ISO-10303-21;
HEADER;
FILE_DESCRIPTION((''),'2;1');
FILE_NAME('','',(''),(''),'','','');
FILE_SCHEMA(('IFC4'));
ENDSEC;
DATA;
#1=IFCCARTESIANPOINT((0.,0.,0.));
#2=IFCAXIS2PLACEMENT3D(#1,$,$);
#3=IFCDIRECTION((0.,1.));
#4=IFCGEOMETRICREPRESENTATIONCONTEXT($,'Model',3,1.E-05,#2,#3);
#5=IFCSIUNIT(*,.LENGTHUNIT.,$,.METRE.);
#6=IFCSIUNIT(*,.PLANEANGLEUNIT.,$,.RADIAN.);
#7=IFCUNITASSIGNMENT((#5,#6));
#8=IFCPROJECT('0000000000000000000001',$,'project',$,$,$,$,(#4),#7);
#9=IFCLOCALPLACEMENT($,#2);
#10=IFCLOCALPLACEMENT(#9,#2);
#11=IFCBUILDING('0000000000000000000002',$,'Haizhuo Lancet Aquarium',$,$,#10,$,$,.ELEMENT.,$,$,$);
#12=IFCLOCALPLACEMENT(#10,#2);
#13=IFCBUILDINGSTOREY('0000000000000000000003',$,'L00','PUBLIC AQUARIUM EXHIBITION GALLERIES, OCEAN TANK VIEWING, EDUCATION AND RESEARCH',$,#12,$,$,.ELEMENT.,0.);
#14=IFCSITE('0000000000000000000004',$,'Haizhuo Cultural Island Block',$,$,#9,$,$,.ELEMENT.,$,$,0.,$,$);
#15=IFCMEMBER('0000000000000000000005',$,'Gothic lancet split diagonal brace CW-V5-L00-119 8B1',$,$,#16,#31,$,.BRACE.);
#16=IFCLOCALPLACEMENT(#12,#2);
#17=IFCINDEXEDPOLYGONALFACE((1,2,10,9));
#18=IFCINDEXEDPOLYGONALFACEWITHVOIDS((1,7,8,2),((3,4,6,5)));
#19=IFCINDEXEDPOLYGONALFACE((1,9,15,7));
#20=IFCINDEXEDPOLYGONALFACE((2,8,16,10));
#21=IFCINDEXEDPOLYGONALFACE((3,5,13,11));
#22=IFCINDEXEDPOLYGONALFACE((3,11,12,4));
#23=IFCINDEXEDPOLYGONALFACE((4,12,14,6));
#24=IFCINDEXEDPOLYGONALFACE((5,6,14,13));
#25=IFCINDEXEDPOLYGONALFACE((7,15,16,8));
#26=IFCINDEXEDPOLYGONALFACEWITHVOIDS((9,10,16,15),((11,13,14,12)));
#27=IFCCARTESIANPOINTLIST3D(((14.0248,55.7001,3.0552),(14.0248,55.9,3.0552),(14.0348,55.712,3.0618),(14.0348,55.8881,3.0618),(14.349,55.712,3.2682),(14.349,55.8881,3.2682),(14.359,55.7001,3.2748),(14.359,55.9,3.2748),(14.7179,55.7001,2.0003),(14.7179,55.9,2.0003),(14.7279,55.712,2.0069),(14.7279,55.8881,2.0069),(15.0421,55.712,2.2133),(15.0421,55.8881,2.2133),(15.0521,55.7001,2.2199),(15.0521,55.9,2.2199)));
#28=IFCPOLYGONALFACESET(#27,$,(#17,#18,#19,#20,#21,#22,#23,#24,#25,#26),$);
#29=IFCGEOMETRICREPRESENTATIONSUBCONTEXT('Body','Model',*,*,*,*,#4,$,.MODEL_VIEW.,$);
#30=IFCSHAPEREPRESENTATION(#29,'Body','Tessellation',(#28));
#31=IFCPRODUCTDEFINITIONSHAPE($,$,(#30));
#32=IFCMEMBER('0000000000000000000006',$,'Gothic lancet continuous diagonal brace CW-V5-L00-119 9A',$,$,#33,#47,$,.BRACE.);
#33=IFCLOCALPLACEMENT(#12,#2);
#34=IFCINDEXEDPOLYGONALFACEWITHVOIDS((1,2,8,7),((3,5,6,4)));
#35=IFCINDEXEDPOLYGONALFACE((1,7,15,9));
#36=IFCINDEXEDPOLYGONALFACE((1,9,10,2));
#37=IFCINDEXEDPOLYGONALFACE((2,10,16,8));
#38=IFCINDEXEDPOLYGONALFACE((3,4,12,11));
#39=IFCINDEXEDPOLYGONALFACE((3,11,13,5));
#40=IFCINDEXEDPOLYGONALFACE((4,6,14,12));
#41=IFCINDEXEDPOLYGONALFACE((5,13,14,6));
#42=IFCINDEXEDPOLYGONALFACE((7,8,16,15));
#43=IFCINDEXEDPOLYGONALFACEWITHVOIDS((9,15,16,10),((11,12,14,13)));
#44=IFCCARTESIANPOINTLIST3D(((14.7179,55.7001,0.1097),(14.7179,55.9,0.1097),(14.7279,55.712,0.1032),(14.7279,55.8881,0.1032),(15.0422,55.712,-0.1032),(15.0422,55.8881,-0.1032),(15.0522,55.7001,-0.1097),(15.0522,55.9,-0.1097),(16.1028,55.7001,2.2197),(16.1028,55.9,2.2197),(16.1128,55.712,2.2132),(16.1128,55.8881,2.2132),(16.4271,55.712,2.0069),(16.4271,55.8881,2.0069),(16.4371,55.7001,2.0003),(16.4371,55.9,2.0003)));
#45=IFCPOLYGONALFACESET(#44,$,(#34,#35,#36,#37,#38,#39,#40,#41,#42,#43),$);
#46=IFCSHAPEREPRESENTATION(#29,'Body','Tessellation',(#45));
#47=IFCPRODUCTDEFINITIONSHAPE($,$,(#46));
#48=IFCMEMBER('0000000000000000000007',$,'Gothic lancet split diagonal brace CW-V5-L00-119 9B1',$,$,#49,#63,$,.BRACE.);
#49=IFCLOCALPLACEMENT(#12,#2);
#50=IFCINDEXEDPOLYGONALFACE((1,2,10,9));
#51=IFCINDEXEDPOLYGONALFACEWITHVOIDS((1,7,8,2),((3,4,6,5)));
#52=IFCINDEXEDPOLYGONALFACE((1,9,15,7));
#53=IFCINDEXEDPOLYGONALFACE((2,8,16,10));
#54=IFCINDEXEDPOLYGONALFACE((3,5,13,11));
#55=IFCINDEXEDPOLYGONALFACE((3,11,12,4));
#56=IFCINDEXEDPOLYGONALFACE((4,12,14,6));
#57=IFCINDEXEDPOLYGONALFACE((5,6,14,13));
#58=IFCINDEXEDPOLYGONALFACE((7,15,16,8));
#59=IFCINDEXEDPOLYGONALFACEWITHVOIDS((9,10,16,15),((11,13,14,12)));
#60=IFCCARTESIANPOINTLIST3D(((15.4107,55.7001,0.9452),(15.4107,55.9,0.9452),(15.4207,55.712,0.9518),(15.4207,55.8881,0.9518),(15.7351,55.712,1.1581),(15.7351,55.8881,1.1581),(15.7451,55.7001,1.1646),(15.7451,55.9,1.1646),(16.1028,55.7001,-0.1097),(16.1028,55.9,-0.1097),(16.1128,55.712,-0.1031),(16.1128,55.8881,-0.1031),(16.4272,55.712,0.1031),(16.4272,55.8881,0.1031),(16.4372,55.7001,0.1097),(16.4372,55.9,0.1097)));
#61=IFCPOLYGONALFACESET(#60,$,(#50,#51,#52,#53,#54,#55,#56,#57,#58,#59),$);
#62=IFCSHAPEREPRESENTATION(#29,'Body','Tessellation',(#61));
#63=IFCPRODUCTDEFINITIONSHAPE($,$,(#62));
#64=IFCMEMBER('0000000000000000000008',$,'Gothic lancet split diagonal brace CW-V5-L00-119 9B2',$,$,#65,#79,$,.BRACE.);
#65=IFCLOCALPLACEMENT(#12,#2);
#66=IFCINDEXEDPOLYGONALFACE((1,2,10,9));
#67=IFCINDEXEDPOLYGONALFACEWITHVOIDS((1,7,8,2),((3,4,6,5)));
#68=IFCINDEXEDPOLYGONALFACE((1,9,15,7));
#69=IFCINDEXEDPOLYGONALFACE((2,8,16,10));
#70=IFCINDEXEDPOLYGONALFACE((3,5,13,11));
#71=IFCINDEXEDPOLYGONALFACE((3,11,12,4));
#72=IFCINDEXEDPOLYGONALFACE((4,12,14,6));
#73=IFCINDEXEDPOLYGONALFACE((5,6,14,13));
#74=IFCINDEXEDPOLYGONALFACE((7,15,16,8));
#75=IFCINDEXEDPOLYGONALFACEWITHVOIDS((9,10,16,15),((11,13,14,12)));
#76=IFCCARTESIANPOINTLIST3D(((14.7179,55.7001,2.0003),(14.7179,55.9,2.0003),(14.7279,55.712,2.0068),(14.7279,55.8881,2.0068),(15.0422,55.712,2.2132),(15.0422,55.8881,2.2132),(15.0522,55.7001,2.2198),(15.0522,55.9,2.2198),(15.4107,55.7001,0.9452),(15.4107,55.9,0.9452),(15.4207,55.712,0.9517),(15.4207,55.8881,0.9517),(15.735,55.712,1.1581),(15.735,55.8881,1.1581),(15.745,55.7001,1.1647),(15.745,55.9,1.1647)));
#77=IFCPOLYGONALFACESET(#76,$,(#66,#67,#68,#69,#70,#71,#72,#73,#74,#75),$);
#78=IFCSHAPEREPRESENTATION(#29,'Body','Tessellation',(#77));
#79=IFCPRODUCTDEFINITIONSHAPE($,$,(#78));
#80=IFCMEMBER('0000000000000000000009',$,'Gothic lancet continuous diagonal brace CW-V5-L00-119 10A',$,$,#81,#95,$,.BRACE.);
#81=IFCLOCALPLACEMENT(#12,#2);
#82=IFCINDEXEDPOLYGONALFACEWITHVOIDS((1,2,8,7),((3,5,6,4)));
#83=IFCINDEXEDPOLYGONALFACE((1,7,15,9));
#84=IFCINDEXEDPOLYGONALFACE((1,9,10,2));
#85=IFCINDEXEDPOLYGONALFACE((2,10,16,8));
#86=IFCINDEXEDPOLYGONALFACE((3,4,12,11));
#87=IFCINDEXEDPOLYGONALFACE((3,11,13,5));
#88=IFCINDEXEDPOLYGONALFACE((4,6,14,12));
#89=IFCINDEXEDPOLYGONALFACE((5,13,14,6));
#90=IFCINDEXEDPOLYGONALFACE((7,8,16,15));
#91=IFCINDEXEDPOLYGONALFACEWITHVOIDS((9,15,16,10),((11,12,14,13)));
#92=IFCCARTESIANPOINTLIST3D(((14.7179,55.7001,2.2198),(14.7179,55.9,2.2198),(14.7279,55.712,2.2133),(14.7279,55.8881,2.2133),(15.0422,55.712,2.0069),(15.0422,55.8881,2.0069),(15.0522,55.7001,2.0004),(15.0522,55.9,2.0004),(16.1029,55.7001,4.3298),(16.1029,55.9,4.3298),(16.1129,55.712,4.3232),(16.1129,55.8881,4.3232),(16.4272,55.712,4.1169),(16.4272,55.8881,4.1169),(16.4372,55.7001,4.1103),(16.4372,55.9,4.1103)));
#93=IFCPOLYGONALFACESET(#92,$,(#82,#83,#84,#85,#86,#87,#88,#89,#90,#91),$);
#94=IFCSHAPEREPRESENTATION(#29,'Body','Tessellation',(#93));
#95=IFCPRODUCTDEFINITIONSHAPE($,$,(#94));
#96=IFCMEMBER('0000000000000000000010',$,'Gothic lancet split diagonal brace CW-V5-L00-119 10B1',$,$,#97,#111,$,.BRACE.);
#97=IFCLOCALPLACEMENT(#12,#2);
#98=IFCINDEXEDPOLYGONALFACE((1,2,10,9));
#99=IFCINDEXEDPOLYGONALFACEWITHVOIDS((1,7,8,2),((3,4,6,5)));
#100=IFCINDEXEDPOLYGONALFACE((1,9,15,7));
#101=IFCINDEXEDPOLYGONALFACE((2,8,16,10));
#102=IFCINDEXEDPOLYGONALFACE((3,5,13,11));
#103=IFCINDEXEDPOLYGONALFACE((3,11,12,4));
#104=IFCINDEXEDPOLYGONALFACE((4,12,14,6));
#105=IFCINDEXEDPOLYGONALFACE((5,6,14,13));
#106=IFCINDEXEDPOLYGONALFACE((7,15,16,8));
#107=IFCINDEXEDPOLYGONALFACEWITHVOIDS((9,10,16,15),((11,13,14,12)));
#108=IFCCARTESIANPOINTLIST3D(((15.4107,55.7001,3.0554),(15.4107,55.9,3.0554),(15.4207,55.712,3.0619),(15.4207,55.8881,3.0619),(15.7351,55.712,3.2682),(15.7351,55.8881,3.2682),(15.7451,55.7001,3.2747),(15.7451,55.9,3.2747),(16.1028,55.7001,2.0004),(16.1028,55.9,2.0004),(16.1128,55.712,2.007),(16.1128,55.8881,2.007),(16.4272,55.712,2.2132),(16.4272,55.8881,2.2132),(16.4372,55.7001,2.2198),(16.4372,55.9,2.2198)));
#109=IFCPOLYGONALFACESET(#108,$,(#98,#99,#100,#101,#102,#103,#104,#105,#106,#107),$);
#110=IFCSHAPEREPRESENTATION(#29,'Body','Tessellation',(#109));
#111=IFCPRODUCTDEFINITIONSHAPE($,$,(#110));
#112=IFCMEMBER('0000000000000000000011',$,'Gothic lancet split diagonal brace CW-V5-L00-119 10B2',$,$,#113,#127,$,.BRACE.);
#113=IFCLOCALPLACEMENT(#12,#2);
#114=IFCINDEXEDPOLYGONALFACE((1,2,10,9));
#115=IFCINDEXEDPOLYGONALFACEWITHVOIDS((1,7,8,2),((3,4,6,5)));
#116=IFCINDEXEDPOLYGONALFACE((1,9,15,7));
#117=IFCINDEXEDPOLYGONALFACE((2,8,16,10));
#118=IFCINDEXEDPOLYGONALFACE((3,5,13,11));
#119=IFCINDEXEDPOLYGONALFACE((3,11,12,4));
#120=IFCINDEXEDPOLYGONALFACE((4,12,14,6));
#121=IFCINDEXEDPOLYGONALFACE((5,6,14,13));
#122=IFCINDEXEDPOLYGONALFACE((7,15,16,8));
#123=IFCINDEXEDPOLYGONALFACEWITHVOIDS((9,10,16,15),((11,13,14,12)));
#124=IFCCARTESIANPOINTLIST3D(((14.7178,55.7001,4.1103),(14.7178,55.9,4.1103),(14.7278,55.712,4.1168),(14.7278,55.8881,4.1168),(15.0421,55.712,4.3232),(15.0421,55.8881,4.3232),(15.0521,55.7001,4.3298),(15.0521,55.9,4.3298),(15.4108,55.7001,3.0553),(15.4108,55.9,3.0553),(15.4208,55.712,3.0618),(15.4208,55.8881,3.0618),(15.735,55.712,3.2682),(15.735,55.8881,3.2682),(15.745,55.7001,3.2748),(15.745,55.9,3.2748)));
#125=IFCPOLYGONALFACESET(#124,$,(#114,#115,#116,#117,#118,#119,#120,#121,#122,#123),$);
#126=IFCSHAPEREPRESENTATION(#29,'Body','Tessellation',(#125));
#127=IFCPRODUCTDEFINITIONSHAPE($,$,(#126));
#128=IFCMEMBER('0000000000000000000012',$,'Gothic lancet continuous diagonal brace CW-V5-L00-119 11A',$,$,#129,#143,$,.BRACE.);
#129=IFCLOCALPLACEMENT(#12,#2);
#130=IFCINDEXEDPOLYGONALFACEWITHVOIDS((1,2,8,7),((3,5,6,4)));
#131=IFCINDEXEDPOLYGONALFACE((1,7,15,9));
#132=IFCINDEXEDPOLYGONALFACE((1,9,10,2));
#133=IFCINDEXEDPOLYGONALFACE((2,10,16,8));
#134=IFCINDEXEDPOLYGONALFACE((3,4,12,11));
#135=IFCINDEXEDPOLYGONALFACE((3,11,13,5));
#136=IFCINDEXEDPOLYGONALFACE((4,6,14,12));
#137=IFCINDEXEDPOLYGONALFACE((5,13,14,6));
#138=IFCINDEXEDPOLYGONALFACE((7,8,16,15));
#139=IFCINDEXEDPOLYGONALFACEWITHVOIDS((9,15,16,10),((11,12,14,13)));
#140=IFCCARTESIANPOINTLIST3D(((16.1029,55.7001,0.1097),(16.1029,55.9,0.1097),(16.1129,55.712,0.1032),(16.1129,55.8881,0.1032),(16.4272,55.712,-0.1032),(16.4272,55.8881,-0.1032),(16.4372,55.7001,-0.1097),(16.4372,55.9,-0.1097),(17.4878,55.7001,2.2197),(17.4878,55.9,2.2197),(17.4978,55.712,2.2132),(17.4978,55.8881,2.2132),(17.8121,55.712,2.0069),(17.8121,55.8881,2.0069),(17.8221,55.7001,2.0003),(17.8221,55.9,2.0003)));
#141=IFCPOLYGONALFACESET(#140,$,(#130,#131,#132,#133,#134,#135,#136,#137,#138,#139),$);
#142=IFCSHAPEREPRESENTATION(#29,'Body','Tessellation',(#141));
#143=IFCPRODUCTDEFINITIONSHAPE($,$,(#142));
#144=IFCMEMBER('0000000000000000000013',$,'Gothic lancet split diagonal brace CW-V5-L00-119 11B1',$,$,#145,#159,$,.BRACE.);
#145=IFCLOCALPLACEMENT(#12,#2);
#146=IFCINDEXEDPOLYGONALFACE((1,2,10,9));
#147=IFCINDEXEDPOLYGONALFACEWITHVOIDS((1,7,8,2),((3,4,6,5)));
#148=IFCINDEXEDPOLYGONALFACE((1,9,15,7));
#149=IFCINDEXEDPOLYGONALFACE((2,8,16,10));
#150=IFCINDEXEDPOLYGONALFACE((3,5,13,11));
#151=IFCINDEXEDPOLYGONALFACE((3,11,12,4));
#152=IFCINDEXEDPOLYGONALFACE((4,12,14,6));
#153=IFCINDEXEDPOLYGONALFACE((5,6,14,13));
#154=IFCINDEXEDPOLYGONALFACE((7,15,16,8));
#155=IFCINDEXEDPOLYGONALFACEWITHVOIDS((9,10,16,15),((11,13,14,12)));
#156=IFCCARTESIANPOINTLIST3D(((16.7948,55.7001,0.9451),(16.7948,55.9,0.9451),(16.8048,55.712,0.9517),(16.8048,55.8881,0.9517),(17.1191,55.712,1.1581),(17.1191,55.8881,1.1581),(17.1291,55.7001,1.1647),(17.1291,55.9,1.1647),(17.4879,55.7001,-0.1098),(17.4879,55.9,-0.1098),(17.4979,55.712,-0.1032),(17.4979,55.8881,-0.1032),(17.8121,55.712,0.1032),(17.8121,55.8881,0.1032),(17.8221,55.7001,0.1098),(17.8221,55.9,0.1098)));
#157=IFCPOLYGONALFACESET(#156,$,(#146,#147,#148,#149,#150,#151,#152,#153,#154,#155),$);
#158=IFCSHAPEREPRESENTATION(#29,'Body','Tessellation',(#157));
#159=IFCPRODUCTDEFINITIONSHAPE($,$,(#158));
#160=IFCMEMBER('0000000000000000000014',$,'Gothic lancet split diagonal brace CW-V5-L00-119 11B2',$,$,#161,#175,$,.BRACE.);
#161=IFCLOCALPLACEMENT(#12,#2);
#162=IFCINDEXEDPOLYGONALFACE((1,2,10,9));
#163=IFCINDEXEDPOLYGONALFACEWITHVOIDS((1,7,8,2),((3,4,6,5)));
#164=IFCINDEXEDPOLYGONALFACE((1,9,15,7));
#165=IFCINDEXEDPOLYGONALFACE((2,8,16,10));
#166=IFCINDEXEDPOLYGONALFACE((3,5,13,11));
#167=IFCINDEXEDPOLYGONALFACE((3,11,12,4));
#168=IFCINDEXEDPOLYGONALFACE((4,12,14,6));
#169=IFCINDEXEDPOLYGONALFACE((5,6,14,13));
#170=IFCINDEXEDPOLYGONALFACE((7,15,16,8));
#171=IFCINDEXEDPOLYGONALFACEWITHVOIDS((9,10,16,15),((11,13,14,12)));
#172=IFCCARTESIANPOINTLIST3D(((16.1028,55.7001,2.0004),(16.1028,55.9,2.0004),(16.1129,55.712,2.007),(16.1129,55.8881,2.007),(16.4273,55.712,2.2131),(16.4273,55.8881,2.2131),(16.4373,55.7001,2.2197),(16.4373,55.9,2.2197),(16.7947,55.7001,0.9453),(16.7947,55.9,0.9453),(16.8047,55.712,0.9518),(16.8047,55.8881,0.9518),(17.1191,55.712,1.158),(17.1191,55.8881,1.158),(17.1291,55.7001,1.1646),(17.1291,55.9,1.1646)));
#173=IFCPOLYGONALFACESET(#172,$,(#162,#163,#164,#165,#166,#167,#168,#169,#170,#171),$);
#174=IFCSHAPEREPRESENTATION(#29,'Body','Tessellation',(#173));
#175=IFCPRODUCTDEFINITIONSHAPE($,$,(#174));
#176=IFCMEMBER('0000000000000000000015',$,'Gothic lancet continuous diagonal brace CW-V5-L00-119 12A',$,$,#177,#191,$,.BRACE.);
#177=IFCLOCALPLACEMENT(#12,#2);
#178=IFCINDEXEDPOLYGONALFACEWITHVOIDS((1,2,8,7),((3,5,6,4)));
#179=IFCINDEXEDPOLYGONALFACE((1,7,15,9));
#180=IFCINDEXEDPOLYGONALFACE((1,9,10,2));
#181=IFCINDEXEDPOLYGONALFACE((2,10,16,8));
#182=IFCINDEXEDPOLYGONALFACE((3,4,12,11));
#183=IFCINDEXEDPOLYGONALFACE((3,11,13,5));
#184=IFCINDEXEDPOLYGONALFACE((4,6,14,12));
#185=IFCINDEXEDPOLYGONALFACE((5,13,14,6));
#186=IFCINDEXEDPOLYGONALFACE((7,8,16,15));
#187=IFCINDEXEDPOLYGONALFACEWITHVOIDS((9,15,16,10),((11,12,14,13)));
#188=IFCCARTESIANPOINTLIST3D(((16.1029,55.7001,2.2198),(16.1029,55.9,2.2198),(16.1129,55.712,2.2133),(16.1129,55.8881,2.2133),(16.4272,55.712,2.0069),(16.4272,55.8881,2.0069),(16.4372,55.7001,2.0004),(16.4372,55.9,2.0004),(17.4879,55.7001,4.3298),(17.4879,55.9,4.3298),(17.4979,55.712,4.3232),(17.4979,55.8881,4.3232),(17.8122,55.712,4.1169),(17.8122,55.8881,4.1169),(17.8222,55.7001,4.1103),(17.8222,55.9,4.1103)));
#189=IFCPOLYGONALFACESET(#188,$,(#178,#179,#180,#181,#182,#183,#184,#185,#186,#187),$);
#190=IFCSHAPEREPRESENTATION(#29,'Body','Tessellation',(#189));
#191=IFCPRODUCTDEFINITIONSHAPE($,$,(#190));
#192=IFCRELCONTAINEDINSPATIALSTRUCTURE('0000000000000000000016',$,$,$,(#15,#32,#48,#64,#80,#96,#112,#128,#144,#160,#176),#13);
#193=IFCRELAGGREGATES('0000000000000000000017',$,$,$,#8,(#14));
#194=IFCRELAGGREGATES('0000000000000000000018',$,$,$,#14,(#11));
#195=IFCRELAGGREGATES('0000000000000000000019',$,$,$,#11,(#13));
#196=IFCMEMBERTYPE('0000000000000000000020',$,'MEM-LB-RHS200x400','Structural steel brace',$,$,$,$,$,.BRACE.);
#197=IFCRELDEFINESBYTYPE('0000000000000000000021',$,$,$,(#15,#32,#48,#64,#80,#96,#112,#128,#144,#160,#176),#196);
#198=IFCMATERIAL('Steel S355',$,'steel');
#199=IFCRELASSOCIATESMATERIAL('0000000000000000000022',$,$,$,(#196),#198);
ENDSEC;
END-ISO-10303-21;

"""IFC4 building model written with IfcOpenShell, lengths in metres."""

from ifc_helpers import new_model, si_unit, direction, frame, origin, origin_2d, place, context, subcontext, project, spatial, hollow_rectangle, extrude, material, material_profile, profile_set, type_object, element, save


model = new_model("IFC4")

# Units and contexts
model_context = context("Model", 3, precision=1e-05, world=origin(), true_north=direction((0.0, 1.0)))
body_context = subcontext(model_context, "Body", "Model", "MODEL_VIEW")
ifc_project = project(units=[si_unit("LENGTHUNIT", "METRE"), si_unit("PLANEANGLEUNIT", "RADIAN")], contexts=[model_context])

# Site, building, storey
site_placement = place(None, origin())
site = spatial("IfcSite", under=ifc_project, at=site_placement, Name="Haizhuo Cultural Island Block", CompositionType="ELEMENT", RefElevation=0.0)
building_placement = place(site_placement, origin())
building = spatial("IfcBuilding", under=site, at=building_placement, Name="Haizhuo Lancet Aquarium", CompositionType="ELEMENT")
storey_placement = place(building_placement, origin())
storey = spatial("IfcBuildingStorey", under=building, at=storey_placement, Name="L00", Description="PUBLIC AQUARIUM EXHIBITION GALLERIES, OCEAN TANK VIEWING, EDUCATION AND RESEARCH", CompositionType="ELEMENT", Elevation=0.0)

# Members
ifc_material_1 = material(Name="Steel S355", Category="steel")
ifc_material_profile_1 = material_profile(ifc_material_1, hollow_rectangle(XDim=0.2, YDim=0.3999, WallThickness=0.012, at=origin_2d()), Name="RHS 200x400x12")
ifc_profile_set_1 = profile_set([ifc_material_profile_1], Name="Steel S355")
member_type_1 = type_object("IfcMemberType", Name="MEM-LB-RHS200x400", Description="Structural steel brace", PredefinedType="BRACE", material=ifc_profile_set_1)
for number, where, z_axis, x_axis, name in (
    (1, (14.885, 55.8, 2.1101), (-0.549108, 0.0, 0.835751), (0.0, -1.0, 0.0), "Gothic lancet split diagonal brace CW-V5-L00-119 8B1"),
):
    element("IfcMember", number, at=place(storey_placement, frame(where, z_axis=z_axis, x_axis=x_axis)), inside=storey, type_object=member_type_1, Name=name, PredefinedType="BRACE", context=body_context, shape_type="SweptSolid", body=[
        extrude(hollow_rectangle(XDim=0.2, YDim=0.3999, WallThickness=0.012, at=origin_2d()), origin(), (0.0, 0.0, 1.0), 1.2622),
    ])
member_1_placement = place(storey_placement, frame((14.885, 55.8, 0.0), z_axis=(0.548726, 0.0, 0.836002), x_axis=(0.0, 1.0, 0.0)))
element("IfcMember", 2, at=member_1_placement, inside=storey, type_object=member_type_1, Name="Gothic lancet continuous diagonal brace CW-V5-L00-119 9A", PredefinedType="BRACE", context=body_context, shape_type="SweptSolid", body=[
    extrude(hollow_rectangle(XDim=0.2, YDim=0.3999, WallThickness=0.012, at=origin_2d()), origin(), (0.0, 0.0, 1.0), 2.5239),
])
member_2_placement = place(storey_placement, frame((16.27, 55.8, 0.0), z_axis=(-0.548568, 0.0, 0.836106), x_axis=(0.0, -1.0, 0.0)))
element("IfcMember", 3, at=member_2_placement, inside=storey, type_object=member_type_1, Name="Gothic lancet split diagonal brace CW-V5-L00-119 9B1", PredefinedType="BRACE", context=body_context, shape_type="SweptSolid", body=[
    extrude(hollow_rectangle(XDim=0.2, YDim=0.3999, WallThickness=0.012, at=origin_2d()), origin(), (0.0, 0.0, 1.0), 1.2617),
])
member_3_placement = place(storey_placement, frame((15.5779, 55.8, 1.0549), z_axis=(-0.548885, 0.0, 0.835898), x_axis=(0.0, -1.0, 0.0)))
element("IfcMember", 4, at=member_3_placement, inside=storey, type_object=member_type_1, Name="Gothic lancet split diagonal brace CW-V5-L00-119 9B2", PredefinedType="BRACE", context=body_context, shape_type="SweptSolid", body=[
    extrude(hollow_rectangle(XDim=0.2, YDim=0.3999, WallThickness=0.012, at=origin_2d()), origin(), (0.0, 0.0, 1.0), 1.2622),
])
member_4_placement = place(storey_placement, frame((14.885, 55.8, 2.1101), z_axis=(0.548771, 0.0, 0.835973), x_axis=(0.0, 1.0, 0.0)))
element("IfcMember", 5, at=member_4_placement, inside=storey, type_object=member_type_1, Name="Gothic lancet continuous diagonal brace CW-V5-L00-119 10A", PredefinedType="BRACE", context=body_context, shape_type="SweptSolid", body=[
    extrude(hollow_rectangle(XDim=0.2, YDim=0.3999, WallThickness=0.012, at=origin_2d()), origin(), (0.0, 0.0, 1.0), 2.5239),
])
member_5_placement = place(storey_placement, frame((16.27, 55.8, 2.1101), z_axis=(-0.548568, 0.0, 0.836106), x_axis=(0.0, -1.0, 0.0)))
element("IfcMember", 6, at=member_5_placement, inside=storey, type_object=member_type_1, Name="Gothic lancet split diagonal brace CW-V5-L00-119 10B1", PredefinedType="BRACE", context=body_context, shape_type="SweptSolid", body=[
    extrude(hollow_rectangle(XDim=0.2, YDim=0.3999, WallThickness=0.012, at=origin_2d()), origin(), (0.0, 0.0, 1.0), 1.2617),
])
member_6_placement = place(storey_placement, frame((15.5779, 55.8, 3.165), z_axis=(-0.548973, 0.0, 0.83584), x_axis=(0.0, -1.0, 0.0)))
element("IfcMember", 7, at=member_6_placement, inside=storey, type_object=member_type_1, Name="Gothic lancet split diagonal brace CW-V5-L00-119 10B2", PredefinedType="BRACE", context=body_context, shape_type="SweptSolid", body=[
    extrude(hollow_rectangle(XDim=0.2, YDim=0.3999, WallThickness=0.012, at=origin_2d()), origin(), (0.0, 0.0, 1.0), 1.2622),
])
member_7_placement = place(storey_placement, frame((16.27, 55.8, 0.0), z_axis=(0.548726, 0.0, 0.836002), x_axis=(0.0, 1.0, 0.0)))
element("IfcMember", 8, at=member_7_placement, inside=storey, type_object=member_type_1, Name="Gothic lancet continuous diagonal brace CW-V5-L00-119 11A", PredefinedType="BRACE", context=body_context, shape_type="SweptSolid", body=[
    extrude(hollow_rectangle(XDim=0.2, YDim=0.3999, WallThickness=0.012, at=origin_2d()), origin(), (0.0, 0.0, 1.0), 2.5239),
])
member_8_placement = place(storey_placement, frame((17.655, 55.8, 0.0), z_axis=(-0.549108, 0.0, 0.835751), x_axis=(0.0, -1.0, 0.0)))
element("IfcMember", 9, at=member_8_placement, inside=storey, type_object=member_type_1, Name="Gothic lancet split diagonal brace CW-V5-L00-119 11B1", PredefinedType="BRACE", context=body_context, shape_type="SweptSolid", body=[
    extrude(hollow_rectangle(XDim=0.2, YDim=0.3999, WallThickness=0.012, at=origin_2d()), origin(), (0.0, 0.0, 1.0), 1.2622),
])
member_9_placement = place(storey_placement, frame((16.9619, 55.8, 1.0549), z_axis=(-0.548344, 0.0, 0.836253), x_axis=(0.0, -1.0, 0.0)))
element("IfcMember", 10, at=member_9_placement, inside=storey, type_object=member_type_1, Name="Gothic lancet split diagonal brace CW-V5-L00-119 11B2", PredefinedType="BRACE", context=body_context, shape_type="SweptSolid", body=[
    extrude(hollow_rectangle(XDim=0.2, YDim=0.3999, WallThickness=0.012, at=origin_2d()), origin(), (0.0, 0.0, 1.0), 1.2617),
])
member_10_placement = place(storey_placement, frame((16.27, 55.8, 2.1101), z_axis=(0.548771, 0.0, 0.835973), x_axis=(0.0, 1.0, 0.0)))
element("IfcMember", 11, at=member_10_placement, inside=storey, type_object=member_type_1, Name="Gothic lancet continuous diagonal brace CW-V5-L00-119 12A", PredefinedType="BRACE", context=body_context, shape_type="SweptSolid", body=[
    extrude(hollow_rectangle(XDim=0.2, YDim=0.3999, WallThickness=0.012, at=origin_2d()), origin(), (0.0, 0.0, 1.0), 2.5239),
])

save(model, "model.ifc")
